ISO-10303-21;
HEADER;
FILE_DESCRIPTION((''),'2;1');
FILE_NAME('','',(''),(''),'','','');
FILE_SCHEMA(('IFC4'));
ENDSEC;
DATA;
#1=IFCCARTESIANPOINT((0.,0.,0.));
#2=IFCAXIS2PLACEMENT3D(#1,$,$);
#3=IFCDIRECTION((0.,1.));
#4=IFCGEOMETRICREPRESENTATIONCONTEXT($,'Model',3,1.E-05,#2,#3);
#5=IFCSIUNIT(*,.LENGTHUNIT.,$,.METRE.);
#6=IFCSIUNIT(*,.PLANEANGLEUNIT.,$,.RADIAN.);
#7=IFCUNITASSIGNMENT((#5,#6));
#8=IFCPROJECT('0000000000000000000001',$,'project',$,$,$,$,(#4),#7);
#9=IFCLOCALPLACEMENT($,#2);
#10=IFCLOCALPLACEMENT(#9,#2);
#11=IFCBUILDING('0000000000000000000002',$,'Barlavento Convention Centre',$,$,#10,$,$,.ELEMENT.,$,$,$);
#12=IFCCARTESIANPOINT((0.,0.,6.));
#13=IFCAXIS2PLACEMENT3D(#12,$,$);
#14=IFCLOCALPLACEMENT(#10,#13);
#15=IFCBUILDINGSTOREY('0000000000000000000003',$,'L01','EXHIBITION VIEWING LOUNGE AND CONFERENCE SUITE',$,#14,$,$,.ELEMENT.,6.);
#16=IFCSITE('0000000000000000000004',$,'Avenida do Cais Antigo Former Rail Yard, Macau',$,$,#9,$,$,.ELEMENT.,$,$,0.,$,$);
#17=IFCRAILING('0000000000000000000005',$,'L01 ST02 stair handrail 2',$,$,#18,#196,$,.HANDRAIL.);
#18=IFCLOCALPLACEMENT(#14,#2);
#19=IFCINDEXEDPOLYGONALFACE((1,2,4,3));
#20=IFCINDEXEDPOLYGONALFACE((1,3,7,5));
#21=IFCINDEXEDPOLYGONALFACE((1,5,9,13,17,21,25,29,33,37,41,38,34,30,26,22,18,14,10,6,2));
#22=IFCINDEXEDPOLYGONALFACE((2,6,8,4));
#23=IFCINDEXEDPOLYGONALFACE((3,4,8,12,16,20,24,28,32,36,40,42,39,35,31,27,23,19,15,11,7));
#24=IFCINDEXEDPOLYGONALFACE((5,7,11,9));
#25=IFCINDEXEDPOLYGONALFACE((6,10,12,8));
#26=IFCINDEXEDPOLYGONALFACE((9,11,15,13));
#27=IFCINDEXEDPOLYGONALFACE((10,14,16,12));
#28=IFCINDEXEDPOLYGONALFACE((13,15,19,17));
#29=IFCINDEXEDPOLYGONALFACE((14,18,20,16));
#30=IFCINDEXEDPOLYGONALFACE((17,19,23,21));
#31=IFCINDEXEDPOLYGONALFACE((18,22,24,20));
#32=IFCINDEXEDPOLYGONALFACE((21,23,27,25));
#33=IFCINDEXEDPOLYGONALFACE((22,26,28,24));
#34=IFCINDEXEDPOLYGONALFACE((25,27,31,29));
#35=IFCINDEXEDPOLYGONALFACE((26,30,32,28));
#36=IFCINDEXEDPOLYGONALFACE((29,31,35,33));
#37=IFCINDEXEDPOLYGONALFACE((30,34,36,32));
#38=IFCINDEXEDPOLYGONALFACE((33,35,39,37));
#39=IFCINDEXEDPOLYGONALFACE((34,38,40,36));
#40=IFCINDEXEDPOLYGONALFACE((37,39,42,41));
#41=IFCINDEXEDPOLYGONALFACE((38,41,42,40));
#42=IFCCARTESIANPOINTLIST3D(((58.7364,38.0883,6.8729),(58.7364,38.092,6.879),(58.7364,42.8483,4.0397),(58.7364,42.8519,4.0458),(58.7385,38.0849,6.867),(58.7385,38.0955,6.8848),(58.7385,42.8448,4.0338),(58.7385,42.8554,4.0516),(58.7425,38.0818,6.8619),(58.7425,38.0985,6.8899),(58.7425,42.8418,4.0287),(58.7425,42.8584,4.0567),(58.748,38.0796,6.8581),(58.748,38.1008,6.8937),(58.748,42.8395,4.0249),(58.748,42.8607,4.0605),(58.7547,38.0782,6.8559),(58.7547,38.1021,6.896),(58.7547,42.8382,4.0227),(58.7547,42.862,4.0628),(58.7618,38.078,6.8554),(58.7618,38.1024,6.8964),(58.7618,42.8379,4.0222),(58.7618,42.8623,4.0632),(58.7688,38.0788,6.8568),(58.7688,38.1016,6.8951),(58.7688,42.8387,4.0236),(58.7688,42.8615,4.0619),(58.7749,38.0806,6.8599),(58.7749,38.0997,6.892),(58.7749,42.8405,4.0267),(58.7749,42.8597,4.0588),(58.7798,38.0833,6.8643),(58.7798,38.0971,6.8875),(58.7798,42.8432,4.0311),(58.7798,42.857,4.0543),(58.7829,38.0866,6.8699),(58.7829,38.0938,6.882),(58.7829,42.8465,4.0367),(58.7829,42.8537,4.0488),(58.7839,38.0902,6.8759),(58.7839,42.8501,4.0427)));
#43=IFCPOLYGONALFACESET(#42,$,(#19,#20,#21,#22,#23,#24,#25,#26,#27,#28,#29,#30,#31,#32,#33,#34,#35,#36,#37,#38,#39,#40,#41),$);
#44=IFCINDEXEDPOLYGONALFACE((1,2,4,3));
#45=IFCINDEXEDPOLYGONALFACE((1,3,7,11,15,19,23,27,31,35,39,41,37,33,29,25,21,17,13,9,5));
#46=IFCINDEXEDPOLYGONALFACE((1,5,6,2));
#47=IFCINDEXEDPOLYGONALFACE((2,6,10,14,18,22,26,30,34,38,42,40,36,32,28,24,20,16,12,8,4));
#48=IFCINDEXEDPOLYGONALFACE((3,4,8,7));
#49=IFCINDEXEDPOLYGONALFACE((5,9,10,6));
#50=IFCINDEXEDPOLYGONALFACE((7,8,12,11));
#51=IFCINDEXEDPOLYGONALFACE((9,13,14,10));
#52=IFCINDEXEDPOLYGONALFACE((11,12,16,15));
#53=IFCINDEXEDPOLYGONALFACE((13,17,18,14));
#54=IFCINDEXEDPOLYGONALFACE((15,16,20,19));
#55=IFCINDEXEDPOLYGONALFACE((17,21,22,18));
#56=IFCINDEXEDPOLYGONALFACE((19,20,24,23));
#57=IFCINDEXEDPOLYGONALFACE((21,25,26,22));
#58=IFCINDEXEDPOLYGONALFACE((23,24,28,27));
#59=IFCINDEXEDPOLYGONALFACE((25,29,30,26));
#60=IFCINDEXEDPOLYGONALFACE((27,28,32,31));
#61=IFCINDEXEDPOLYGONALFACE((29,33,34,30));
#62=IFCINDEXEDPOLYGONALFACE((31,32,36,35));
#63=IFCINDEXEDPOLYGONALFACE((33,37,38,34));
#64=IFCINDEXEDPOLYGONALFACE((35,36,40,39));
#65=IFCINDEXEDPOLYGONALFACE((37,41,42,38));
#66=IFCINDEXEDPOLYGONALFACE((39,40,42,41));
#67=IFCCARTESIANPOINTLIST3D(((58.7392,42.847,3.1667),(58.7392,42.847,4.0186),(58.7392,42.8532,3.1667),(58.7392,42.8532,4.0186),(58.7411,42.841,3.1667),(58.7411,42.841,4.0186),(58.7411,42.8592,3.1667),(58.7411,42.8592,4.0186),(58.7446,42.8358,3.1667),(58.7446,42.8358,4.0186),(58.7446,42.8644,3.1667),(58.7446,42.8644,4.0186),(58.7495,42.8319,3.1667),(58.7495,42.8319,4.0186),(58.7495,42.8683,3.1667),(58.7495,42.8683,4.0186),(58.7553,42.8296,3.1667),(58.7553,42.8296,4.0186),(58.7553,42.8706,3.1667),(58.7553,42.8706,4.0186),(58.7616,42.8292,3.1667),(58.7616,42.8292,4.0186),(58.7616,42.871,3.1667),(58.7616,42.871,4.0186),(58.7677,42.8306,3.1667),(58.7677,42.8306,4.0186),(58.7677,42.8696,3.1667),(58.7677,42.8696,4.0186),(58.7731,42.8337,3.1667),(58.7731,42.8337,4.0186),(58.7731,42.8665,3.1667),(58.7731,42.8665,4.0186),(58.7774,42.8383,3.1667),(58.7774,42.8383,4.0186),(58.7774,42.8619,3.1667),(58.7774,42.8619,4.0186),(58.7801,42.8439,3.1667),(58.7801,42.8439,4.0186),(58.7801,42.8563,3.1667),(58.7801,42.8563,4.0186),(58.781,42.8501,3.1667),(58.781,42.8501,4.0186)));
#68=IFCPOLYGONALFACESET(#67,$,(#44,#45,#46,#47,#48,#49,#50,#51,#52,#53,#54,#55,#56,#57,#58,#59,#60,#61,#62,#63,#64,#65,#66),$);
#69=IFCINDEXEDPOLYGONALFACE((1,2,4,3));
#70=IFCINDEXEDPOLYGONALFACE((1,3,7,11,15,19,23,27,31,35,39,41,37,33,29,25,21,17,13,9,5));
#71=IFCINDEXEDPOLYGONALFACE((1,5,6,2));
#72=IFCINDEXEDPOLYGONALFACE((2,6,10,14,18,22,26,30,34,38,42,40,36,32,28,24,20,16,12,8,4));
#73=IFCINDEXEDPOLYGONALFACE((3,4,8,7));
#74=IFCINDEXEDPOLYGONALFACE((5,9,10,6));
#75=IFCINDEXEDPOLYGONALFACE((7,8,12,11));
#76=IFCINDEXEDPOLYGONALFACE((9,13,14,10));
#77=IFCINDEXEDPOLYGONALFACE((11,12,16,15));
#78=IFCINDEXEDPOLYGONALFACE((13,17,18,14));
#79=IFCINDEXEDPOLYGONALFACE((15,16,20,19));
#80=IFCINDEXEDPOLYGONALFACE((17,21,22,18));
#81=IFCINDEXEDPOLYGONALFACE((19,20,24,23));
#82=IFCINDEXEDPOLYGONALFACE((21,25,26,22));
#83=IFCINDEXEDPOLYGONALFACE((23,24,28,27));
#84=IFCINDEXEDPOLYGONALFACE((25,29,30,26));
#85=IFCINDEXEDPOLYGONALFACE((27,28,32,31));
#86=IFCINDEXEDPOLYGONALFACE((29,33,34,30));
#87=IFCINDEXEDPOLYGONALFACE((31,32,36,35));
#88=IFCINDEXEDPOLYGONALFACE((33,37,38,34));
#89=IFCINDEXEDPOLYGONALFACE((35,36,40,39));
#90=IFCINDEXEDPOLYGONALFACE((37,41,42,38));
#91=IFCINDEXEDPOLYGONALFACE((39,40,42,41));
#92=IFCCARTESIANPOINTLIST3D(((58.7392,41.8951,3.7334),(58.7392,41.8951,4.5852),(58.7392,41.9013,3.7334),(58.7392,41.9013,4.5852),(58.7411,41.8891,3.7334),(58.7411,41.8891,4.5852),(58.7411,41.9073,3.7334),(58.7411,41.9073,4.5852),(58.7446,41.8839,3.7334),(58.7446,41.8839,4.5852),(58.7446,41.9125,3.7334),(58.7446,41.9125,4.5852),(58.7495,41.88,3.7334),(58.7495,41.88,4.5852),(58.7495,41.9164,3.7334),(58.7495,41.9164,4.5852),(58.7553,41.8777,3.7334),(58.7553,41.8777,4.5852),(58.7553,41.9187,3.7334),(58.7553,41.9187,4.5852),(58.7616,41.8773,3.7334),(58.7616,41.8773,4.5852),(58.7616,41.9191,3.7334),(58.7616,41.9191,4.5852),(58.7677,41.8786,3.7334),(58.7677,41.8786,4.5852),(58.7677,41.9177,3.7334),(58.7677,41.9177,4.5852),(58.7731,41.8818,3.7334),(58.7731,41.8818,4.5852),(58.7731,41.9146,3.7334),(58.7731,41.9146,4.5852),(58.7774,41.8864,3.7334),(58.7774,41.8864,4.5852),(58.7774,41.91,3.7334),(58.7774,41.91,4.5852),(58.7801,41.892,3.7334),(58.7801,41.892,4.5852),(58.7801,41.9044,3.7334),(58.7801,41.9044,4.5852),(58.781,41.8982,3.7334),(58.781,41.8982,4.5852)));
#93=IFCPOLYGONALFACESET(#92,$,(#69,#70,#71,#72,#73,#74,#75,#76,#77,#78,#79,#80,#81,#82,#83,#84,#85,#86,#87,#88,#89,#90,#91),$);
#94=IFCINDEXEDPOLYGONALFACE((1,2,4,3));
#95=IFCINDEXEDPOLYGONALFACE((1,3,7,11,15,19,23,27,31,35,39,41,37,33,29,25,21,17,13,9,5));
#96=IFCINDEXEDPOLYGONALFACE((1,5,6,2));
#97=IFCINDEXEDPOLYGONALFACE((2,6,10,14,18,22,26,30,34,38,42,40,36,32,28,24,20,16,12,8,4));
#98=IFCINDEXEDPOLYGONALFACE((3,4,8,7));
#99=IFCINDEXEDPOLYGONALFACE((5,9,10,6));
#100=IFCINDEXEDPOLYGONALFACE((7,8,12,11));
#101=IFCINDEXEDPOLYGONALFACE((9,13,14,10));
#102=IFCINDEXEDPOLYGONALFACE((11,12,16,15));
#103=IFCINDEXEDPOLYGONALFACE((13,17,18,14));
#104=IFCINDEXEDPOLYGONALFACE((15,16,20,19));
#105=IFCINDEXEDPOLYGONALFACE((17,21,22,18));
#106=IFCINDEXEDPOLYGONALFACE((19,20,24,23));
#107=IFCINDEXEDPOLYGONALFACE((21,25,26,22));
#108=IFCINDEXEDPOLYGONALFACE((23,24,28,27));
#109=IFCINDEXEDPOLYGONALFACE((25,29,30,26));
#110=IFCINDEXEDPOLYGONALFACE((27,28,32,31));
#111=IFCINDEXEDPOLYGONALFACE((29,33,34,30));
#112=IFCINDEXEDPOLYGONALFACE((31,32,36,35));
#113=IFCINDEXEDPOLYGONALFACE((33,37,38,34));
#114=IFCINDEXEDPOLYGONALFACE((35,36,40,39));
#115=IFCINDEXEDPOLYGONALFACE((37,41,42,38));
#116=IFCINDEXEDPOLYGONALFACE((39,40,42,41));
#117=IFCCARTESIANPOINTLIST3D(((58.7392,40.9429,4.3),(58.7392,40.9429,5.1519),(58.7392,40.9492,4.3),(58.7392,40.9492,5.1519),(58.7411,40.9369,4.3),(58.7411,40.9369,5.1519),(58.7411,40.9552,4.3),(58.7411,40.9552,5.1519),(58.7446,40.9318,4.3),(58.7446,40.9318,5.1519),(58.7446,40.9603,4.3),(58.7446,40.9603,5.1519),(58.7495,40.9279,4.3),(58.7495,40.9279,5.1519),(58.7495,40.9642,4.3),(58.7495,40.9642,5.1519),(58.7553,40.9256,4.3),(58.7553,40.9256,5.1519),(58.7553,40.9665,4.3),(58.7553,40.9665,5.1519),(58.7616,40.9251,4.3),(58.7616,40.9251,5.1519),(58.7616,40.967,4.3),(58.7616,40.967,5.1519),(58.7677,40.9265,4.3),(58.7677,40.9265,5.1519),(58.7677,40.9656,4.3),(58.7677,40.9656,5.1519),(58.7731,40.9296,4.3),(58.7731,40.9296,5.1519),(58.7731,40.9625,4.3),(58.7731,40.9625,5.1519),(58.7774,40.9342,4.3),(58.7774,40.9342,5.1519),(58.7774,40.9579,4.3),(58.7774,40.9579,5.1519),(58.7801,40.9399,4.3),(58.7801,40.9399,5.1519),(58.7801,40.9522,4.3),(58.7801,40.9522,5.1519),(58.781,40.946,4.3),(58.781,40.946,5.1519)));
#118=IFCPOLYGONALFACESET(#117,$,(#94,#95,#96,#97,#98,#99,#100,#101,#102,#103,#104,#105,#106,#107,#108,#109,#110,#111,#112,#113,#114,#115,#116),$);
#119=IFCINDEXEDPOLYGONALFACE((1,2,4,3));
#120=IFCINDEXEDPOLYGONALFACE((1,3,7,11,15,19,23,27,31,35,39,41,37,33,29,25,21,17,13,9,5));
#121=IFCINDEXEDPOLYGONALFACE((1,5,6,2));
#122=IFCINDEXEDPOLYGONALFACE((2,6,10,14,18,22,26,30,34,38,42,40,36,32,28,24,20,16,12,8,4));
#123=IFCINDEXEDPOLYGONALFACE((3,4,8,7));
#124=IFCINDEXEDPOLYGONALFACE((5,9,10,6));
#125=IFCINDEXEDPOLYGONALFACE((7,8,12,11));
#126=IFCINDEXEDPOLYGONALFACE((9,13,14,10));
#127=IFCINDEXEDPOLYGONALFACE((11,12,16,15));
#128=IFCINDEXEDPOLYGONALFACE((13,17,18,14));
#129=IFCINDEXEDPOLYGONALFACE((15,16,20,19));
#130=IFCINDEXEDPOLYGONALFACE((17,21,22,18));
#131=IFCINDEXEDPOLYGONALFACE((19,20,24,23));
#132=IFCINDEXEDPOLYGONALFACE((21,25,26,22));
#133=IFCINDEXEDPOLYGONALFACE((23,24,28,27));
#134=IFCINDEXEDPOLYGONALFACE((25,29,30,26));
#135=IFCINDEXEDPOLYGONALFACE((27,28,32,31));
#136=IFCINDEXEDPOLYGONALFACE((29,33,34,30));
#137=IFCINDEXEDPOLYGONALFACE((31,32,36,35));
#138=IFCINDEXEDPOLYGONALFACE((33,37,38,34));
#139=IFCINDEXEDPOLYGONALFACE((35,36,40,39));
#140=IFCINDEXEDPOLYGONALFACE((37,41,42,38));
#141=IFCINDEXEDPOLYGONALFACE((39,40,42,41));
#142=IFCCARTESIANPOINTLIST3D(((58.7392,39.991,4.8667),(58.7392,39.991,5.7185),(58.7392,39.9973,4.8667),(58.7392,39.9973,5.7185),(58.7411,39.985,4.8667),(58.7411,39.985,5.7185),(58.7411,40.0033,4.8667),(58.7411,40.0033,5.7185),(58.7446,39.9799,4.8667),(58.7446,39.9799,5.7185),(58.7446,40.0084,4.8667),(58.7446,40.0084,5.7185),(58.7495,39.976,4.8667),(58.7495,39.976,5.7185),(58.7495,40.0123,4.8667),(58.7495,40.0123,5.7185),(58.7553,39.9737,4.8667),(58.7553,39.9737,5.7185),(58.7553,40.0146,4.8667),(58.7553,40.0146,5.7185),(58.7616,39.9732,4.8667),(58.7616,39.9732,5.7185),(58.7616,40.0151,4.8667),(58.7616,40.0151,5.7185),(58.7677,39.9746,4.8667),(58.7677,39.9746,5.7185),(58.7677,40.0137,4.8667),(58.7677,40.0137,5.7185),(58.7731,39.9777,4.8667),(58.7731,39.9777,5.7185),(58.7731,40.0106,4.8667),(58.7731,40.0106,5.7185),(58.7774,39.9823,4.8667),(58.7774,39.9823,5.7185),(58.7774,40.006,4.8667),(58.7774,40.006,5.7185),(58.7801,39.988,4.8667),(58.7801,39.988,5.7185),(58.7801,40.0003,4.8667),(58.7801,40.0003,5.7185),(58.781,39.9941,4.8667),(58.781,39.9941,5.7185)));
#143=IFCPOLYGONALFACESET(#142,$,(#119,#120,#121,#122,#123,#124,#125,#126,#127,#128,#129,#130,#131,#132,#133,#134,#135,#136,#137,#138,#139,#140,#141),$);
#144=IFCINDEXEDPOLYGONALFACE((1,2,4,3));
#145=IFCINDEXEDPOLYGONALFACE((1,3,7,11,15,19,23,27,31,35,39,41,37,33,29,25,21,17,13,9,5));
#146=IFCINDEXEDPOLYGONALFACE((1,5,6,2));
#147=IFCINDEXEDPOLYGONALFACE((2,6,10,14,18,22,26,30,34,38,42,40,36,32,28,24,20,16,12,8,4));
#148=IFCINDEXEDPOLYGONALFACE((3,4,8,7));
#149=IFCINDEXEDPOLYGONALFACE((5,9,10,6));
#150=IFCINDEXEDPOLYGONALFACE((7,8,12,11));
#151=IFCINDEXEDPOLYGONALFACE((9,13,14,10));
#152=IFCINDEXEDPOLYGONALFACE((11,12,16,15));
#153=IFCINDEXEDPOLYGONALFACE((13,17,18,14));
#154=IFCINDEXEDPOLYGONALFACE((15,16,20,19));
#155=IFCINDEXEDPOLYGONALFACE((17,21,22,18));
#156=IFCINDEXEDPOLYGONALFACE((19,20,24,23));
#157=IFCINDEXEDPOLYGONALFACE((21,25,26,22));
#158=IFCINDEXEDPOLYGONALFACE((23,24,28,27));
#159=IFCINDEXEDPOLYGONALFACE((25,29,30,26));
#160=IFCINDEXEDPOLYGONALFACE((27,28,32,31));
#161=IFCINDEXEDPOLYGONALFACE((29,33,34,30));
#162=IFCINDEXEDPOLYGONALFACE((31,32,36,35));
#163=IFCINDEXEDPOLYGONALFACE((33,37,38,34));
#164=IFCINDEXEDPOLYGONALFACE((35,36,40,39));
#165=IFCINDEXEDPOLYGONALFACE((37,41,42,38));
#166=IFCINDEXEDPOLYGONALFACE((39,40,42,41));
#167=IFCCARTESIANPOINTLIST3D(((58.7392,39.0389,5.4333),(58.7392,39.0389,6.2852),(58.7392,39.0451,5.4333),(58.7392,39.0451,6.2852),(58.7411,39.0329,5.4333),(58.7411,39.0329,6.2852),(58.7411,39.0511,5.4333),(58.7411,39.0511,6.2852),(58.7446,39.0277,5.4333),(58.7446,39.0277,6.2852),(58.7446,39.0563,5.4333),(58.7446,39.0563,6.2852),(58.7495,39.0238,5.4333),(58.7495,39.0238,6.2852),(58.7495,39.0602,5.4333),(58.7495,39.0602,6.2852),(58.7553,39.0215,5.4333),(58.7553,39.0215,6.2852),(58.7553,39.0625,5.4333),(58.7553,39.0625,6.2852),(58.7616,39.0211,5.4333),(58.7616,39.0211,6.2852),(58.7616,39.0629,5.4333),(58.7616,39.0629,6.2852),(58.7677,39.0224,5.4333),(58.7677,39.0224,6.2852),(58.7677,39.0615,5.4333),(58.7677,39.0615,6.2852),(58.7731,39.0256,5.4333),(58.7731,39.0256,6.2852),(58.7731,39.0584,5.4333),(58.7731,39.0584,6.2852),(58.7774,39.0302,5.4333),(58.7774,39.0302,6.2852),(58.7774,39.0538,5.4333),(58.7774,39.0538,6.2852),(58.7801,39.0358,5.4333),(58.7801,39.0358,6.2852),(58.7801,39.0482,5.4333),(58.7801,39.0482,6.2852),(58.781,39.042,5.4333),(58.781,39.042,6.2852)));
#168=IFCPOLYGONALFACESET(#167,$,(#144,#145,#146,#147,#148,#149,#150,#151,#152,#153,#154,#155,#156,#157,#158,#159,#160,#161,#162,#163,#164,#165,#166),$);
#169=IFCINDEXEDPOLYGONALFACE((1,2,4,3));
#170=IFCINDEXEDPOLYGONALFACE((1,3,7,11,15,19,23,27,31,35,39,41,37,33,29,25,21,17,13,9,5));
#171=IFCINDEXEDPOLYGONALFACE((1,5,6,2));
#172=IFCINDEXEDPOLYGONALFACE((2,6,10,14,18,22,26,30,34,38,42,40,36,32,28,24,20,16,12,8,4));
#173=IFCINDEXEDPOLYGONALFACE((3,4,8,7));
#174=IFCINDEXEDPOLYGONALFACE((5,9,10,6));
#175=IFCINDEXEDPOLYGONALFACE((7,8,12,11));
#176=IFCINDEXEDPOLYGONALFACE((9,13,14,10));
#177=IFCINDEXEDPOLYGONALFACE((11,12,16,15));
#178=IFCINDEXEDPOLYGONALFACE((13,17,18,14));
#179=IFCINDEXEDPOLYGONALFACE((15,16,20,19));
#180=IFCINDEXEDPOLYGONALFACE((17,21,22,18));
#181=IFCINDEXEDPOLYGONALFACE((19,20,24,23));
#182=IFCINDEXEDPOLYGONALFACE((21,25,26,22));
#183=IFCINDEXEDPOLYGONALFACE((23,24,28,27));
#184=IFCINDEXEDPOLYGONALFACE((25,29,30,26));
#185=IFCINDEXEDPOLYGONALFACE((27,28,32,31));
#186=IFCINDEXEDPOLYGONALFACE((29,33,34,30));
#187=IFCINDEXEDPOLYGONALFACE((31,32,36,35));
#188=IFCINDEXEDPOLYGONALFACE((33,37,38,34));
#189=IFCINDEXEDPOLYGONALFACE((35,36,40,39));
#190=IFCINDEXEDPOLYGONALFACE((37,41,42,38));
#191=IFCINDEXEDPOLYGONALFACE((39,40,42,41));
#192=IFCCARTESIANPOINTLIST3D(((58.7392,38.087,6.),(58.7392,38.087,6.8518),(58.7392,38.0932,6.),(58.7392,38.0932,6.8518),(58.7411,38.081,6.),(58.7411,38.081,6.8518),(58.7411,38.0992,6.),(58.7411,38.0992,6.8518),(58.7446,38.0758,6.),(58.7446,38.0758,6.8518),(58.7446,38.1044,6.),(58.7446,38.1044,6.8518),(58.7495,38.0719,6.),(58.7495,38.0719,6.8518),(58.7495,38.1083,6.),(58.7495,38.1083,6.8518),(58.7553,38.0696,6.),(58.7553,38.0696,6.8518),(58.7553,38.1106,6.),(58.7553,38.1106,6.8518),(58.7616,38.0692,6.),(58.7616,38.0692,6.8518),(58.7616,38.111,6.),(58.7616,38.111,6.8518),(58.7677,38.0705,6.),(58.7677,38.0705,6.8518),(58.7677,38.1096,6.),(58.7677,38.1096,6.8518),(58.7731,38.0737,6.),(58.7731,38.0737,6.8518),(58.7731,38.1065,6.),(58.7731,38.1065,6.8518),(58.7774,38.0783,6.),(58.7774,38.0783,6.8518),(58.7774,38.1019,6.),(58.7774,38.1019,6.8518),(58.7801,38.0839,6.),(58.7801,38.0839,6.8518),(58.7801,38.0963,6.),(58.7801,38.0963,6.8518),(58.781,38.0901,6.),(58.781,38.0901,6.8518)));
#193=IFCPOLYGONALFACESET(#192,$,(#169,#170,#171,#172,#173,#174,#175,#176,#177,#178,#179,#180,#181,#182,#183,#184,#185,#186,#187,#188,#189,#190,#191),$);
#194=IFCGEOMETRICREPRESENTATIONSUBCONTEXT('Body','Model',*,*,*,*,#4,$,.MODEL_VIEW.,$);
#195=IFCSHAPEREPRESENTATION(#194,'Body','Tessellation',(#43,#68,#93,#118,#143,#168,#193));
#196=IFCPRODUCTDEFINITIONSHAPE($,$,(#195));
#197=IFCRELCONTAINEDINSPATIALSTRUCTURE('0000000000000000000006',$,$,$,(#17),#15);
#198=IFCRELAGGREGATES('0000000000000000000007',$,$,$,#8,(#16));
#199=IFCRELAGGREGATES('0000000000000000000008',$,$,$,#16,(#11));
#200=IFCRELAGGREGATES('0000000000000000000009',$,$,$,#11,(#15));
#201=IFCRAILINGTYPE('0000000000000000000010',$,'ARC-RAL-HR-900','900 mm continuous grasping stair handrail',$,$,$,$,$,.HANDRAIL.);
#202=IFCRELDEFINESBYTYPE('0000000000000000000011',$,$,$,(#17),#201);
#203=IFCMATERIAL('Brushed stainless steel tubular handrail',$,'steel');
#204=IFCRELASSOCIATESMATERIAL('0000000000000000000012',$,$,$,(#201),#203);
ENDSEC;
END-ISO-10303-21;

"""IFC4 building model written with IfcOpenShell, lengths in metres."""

from ifc_helpers import new_model, si_unit, direction, frame, origin, origin_2d, place, context, subcontext, project, spatial, circle, extrude, material, type_object, element, save


model = new_model("IFC4")

# Units and contexts
model_context = context("Model", 3, precision=1e-05, world=origin(), true_north=direction((0.0, 1.0)))
body_context = subcontext(model_context, "Body", "Model", "MODEL_VIEW")
ifc_project = project(units=[si_unit("LENGTHUNIT", "METRE"), si_unit("PLANEANGLEUNIT", "RADIAN")], contexts=[model_context])

# Site, building, storey
site_placement = place(None, origin())
site = spatial("IfcSite", under=ifc_project, at=site_placement, Name="Avenida do Cais Antigo Former Rail Yard, Macau", CompositionType="ELEMENT", RefElevation=0.0)
building_placement = place(site_placement, origin())
building = spatial("IfcBuilding", under=site, at=building_placement, Name="Barlavento Convention Centre", CompositionType="ELEMENT")
storey_placement = place(building_placement, frame((0.0, 0.0, 6.0)))
storey = spatial("IfcBuildingStorey", under=building, at=storey_placement, Name="L01", Description="EXHIBITION VIEWING LOUNGE AND CONFERENCE SUITE", CompositionType="ELEMENT", Elevation=6.0)

# Railing
ifc_material_1 = material(Name="Brushed stainless steel tubular handrail", Category="steel")
railing_type_1 = type_object("IfcRailingType", Name="ARC-RAL-HR-900", Description="900 mm continuous grasping stair handrail", PredefinedType="HANDRAIL", material=ifc_material_1)
railing_1_placement = place(storey_placement, frame((58.76, 42.8501, 3.1667)))
element("IfcRailing", 1, at=railing_1_placement, inside=storey, type_object=railing_type_1, Name="L01 ST02 stair handrail 2", PredefinedType="HANDRAIL", context=body_context, shape_type="SweptSolid", body=[
    extrude(circle(Radius=0.0239, at=origin_2d()), frame((0.0, 0.0, 0.876), z_axis=(0.0, -0.8593, 0.511472), x_axis=(1.0, 0.0, 0.0)), (0.0, 0.0, 1.0), 5.5393),
    extrude(circle(Radius=0.021, at=origin_2d()), origin(), (0.0, 0.0, 1.0), 0.8518),
    extrude(circle(Radius=0.021, at=origin_2d()), frame((0.0, -0.9519, 0.5667)), (0.0, 0.0, 1.0), 0.8518),
    extrude(circle(Radius=0.021, at=origin_2d()), frame((0.0, -1.9041, 1.1333)), (0.0, 0.0, 1.0), 0.8518),
    extrude(circle(Radius=0.021, at=origin_2d()), frame((0.0, -2.856, 1.7)), (0.0, 0.0, 1.0), 0.8518),
    extrude(circle(Radius=0.021, at=origin_2d()), frame((0.0, -3.8081, 2.2666)), (0.0, 0.0, 1.0), 0.8518),
    extrude(circle(Radius=0.021, at=origin_2d()), frame((0.0, -4.76, 2.8333)), (0.0, 0.0, 1.0), 0.8518),
])

save(model, "model.ifc")
